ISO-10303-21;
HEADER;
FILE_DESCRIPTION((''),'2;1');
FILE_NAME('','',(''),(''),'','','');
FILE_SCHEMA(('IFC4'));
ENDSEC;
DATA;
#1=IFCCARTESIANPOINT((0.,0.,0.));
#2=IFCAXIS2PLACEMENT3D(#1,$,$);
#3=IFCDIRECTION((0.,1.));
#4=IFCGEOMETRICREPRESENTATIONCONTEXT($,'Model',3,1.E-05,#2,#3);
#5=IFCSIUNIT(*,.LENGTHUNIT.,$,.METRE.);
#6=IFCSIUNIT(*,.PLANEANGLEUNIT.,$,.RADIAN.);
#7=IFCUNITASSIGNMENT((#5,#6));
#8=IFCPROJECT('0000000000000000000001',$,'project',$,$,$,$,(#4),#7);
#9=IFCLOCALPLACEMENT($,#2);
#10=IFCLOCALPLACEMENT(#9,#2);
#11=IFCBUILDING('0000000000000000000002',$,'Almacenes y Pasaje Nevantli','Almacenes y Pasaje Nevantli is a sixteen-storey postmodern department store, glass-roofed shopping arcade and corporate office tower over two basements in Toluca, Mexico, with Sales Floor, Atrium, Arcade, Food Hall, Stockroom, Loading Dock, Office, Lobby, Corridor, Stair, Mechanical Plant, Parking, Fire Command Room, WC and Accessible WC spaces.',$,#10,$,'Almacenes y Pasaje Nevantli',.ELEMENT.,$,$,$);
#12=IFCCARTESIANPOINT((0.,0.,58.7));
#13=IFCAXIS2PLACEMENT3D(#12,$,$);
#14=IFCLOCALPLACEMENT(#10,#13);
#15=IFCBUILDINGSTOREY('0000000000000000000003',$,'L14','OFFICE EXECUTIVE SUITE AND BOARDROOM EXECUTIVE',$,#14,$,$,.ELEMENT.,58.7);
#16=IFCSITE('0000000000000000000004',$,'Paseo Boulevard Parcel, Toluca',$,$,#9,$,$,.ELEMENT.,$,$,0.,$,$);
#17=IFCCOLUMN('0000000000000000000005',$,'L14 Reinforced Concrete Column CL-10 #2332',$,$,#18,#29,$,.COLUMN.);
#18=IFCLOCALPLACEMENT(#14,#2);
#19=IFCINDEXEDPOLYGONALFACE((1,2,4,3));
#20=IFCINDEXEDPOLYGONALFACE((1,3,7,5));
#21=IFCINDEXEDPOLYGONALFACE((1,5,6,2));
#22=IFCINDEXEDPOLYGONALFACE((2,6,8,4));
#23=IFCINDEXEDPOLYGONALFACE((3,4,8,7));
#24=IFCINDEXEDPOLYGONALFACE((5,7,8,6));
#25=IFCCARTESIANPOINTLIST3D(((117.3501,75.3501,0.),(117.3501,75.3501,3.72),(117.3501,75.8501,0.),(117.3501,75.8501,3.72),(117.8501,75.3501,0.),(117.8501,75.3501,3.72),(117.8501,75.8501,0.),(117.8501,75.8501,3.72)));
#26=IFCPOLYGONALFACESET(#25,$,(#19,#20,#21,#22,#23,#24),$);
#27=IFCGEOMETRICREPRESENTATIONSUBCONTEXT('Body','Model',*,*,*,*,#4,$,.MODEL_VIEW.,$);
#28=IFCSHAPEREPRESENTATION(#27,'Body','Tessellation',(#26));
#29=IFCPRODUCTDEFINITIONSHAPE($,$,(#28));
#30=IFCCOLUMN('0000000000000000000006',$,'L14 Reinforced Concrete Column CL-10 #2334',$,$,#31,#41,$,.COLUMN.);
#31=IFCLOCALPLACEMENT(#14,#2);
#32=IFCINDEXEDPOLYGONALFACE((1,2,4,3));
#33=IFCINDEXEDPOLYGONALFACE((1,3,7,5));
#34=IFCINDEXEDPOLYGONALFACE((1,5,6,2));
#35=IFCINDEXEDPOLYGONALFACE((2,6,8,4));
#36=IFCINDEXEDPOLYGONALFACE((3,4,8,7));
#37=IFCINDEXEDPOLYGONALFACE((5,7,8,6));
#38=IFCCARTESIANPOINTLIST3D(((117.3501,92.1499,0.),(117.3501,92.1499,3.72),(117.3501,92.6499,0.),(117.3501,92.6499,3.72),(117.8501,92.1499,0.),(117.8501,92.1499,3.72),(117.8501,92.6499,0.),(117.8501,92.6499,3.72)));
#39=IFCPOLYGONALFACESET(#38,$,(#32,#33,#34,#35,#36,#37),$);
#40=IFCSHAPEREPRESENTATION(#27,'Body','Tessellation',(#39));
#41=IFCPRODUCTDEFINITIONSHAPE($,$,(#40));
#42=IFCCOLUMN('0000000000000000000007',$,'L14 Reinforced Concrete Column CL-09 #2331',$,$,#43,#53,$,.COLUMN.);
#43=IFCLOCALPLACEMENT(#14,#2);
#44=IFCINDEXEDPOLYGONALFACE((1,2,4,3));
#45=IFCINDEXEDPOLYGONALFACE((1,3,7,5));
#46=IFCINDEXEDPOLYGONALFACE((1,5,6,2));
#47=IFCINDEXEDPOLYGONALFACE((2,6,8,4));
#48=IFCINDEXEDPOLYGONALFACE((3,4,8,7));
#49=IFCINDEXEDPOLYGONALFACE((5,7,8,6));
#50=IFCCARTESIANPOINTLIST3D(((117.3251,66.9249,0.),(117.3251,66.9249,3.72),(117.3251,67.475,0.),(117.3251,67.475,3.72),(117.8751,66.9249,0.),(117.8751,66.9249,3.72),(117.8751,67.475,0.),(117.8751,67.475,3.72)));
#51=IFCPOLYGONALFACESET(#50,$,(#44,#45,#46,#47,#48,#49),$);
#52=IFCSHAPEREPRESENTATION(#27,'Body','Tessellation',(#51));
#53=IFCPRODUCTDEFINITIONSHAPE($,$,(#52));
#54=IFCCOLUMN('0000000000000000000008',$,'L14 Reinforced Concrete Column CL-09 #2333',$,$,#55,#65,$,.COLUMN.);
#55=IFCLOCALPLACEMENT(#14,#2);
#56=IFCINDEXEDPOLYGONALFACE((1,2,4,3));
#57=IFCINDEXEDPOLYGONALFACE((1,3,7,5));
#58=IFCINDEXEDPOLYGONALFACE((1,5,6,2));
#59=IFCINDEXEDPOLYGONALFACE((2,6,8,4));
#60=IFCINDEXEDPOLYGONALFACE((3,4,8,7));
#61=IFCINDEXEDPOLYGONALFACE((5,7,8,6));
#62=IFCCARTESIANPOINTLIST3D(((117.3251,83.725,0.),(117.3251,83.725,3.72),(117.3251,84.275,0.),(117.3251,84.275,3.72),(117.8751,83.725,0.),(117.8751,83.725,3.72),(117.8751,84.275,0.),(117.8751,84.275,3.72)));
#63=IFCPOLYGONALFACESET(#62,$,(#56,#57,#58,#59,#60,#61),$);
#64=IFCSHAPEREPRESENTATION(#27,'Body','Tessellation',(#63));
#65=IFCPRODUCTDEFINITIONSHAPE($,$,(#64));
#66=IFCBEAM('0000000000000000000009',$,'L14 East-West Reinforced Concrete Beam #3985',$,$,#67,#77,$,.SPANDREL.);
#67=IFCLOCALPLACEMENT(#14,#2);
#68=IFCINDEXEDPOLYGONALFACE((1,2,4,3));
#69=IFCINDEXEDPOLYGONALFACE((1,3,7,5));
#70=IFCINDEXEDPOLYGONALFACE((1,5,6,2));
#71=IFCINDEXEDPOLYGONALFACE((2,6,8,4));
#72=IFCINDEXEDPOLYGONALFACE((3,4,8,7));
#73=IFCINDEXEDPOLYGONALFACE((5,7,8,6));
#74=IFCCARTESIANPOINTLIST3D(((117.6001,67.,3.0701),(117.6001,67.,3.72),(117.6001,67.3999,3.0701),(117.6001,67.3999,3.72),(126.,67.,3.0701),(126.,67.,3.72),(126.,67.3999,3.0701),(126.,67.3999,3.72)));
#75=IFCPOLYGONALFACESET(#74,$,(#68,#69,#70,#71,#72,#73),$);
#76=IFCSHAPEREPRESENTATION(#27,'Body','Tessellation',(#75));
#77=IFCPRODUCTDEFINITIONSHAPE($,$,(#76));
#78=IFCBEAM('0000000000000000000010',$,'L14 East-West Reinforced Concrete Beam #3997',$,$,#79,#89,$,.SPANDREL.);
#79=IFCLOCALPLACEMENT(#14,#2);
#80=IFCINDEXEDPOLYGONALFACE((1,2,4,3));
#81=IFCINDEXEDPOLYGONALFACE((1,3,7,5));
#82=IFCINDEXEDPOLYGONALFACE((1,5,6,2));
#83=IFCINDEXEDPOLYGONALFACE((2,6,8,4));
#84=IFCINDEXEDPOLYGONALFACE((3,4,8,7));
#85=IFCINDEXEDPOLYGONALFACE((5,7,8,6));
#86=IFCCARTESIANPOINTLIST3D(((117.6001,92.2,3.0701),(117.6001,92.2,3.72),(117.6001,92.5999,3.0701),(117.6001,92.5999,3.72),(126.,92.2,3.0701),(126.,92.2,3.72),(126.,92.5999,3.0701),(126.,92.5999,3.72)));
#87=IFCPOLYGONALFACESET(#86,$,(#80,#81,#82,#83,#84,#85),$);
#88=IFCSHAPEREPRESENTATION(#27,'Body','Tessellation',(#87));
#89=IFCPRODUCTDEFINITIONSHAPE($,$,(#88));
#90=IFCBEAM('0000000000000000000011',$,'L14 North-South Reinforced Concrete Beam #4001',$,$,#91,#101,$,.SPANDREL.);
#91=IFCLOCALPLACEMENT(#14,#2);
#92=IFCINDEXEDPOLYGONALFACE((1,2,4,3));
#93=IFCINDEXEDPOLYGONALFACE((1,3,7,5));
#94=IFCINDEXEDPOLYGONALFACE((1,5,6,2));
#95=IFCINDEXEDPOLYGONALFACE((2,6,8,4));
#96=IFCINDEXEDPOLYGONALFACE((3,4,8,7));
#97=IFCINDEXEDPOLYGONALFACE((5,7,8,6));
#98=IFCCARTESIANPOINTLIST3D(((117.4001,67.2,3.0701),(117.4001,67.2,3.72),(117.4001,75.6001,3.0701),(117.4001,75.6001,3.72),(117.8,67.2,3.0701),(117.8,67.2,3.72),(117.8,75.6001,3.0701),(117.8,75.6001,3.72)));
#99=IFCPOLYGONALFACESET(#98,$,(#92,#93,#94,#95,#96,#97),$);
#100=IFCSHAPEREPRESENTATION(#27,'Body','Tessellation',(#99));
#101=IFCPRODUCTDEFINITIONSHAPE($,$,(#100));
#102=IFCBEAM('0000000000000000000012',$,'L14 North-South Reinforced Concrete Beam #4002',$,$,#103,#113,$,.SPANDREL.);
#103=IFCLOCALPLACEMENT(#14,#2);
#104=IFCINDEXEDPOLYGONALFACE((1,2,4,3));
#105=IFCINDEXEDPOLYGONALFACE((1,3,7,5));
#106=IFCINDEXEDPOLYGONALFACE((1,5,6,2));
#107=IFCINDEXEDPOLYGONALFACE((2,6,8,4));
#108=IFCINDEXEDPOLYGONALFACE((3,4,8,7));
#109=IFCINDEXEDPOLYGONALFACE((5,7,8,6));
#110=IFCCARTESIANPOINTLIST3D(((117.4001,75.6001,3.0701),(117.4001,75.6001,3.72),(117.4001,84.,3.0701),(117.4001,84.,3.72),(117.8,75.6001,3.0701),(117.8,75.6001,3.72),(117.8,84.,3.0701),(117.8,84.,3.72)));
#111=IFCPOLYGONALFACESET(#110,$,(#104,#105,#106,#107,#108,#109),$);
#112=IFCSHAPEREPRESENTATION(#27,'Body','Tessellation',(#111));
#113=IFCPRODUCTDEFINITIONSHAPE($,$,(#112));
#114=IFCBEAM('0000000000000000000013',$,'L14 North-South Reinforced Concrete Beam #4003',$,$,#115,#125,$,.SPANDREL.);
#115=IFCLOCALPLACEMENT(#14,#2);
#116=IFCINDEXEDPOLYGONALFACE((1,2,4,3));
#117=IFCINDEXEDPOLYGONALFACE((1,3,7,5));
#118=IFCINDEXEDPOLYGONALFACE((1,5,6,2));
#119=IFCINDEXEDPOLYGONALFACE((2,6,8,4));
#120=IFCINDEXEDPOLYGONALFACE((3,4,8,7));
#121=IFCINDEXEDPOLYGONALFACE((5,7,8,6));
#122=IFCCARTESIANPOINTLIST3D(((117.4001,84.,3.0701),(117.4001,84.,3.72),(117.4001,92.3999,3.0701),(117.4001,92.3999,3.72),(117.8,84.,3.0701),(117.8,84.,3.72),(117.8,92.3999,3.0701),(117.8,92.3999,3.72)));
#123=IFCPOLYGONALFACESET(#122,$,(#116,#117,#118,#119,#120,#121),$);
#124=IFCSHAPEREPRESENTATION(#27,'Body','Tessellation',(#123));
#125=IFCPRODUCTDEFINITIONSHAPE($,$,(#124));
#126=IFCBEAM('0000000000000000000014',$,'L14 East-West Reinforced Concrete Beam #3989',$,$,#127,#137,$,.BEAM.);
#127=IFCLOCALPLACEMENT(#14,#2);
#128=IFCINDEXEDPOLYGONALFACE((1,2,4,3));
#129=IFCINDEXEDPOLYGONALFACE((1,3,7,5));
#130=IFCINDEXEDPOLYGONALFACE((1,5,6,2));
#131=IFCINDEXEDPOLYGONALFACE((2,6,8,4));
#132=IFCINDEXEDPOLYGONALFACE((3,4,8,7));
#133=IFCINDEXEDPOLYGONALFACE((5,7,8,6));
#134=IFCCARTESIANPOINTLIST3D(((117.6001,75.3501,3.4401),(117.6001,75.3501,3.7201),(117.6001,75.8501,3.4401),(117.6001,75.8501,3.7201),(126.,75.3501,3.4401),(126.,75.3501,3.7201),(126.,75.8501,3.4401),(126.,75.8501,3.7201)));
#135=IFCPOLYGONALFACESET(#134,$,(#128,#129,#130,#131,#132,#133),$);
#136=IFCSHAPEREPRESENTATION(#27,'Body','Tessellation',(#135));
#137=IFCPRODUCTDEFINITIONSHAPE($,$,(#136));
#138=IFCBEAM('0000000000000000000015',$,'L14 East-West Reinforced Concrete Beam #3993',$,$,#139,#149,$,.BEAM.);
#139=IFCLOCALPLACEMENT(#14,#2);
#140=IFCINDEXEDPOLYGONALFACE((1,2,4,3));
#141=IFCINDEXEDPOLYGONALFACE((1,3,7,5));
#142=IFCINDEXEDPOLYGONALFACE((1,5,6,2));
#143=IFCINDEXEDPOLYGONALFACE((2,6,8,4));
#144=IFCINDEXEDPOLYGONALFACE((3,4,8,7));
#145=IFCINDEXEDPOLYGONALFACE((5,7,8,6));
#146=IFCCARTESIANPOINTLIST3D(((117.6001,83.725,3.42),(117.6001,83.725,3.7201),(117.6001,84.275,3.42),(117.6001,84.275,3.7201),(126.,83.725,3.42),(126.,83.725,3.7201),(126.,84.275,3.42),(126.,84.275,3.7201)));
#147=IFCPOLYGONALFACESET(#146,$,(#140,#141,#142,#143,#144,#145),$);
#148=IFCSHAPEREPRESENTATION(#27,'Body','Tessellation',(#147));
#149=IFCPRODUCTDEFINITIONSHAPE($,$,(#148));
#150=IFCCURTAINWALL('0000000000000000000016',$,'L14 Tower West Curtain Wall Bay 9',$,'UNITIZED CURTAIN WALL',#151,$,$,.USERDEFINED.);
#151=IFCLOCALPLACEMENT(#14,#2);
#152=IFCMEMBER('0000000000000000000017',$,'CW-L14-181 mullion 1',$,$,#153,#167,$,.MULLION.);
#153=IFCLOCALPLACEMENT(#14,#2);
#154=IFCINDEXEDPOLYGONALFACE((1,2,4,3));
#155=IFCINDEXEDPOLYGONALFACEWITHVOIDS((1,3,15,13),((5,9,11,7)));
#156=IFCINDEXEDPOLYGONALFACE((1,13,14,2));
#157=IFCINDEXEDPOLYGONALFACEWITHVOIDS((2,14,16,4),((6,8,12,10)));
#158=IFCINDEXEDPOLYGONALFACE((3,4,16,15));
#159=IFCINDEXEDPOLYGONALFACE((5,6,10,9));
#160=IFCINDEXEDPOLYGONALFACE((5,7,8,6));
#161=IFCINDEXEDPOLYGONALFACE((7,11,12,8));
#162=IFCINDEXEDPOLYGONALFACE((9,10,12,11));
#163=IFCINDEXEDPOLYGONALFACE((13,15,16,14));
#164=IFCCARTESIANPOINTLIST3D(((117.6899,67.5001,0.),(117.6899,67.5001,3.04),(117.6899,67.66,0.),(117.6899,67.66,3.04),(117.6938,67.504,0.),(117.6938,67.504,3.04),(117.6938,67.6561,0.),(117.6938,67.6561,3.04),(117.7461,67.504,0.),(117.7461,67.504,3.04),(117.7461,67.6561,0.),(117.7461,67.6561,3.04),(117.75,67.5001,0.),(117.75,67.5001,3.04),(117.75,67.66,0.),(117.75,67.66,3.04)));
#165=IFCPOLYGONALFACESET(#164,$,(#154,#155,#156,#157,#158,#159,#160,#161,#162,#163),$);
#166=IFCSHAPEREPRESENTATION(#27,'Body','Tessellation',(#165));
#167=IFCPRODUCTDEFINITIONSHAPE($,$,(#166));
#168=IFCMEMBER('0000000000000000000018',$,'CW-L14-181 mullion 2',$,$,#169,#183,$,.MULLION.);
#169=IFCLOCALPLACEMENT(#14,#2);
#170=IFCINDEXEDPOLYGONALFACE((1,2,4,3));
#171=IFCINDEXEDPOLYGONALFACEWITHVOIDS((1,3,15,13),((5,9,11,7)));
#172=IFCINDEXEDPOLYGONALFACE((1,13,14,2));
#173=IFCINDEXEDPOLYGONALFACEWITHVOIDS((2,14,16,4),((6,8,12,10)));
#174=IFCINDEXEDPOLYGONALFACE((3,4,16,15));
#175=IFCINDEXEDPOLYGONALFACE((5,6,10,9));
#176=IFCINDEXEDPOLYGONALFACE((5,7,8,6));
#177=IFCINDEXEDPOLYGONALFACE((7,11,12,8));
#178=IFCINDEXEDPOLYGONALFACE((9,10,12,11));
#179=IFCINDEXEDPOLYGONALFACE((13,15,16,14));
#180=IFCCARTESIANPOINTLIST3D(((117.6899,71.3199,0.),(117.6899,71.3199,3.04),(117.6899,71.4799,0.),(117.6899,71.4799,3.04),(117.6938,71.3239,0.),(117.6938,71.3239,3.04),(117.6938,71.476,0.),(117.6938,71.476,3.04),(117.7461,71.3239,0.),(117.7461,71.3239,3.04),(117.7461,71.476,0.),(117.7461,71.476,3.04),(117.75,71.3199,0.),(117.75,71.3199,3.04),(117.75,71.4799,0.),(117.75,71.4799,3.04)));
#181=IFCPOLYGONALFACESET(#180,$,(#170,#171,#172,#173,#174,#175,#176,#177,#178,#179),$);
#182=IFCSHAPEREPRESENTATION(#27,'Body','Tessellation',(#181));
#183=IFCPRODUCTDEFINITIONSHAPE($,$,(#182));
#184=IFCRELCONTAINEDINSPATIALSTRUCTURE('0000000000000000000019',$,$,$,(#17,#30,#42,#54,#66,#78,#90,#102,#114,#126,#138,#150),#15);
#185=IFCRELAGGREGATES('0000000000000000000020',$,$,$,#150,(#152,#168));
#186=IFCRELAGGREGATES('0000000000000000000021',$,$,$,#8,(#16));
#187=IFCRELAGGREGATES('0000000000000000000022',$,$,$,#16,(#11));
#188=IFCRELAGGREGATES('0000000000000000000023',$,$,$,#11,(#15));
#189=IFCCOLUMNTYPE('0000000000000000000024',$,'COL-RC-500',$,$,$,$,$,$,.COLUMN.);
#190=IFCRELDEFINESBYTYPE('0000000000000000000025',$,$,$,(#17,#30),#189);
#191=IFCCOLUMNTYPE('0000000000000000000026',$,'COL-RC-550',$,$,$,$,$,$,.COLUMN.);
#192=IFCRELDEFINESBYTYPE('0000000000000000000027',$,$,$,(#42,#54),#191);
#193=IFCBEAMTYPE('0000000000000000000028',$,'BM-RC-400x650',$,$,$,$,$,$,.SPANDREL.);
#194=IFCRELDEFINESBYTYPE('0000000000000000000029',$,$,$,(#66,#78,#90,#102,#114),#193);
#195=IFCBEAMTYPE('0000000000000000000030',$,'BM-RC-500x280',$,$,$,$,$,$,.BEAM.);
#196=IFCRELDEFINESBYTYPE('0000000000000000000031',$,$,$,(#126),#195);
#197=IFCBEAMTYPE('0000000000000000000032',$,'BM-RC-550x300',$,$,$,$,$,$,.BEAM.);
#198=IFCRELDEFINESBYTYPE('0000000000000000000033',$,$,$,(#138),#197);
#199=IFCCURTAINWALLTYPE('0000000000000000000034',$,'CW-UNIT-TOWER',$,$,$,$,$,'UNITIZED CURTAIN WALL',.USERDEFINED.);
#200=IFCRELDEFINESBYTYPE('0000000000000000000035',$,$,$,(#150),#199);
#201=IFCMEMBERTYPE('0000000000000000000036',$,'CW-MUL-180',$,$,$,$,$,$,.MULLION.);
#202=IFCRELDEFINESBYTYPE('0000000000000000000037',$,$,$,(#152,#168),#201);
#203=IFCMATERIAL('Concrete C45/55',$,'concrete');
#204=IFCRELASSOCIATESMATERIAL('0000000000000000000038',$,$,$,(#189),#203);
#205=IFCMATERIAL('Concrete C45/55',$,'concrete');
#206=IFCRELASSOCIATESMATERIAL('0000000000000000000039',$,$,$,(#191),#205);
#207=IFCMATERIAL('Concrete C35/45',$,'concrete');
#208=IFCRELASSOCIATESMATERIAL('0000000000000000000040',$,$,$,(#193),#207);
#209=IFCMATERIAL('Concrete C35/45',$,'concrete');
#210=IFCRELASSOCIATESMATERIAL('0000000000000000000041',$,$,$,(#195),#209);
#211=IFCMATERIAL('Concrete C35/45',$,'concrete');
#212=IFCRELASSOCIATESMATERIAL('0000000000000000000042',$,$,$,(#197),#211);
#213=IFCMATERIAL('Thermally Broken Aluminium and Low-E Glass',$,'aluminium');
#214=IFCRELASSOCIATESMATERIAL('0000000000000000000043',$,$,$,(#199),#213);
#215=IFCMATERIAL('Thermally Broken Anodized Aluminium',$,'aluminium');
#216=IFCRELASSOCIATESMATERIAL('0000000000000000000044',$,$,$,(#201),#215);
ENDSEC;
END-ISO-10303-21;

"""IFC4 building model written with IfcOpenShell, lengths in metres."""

from ifc_helpers import new_model, si_unit, direction, frame, origin, origin_2d, place, context, subcontext, project, spatial, rectangle, hollow_rectangle, extrude, material, material_profile, profile_set, type_object, element, aggregate, save


model = new_model("IFC4")

# Units and contexts
model_context = context("Model", 3, precision=1e-05, world=origin(), true_north=direction((0.0, 1.0)))
body_context = subcontext(model_context, "Body", "Model", "MODEL_VIEW")
ifc_project = project(units=[si_unit("LENGTHUNIT", "METRE"), si_unit("PLANEANGLEUNIT", "RADIAN")], contexts=[model_context])

# Site, building, storey
site_placement = place(None, origin())
site = spatial("IfcSite", under=ifc_project, at=site_placement, Name="Paseo Boulevard Parcel, Toluca", CompositionType="ELEMENT", RefElevation=0.0)
building_placement = place(site_placement, origin())
building = spatial("IfcBuilding", under=site, at=building_placement, Name="Almacenes y Pasaje Nevantli", Description="Almacenes y Pasaje Nevantli is a sixteen-storey postmodern department store, glass-roofed shopping arcade and corporate office tower over two basements in Toluca, Mexico, with Sales Floor, Atrium, Arcade, Food Hall, Stockroom, Loading Dock, Office, Lobby, Corridor, Stair, Mechanical Plant, Parking, Fire Command Room, WC and Accessible WC spaces.", LongName="Almacenes y Pasaje Nevantli", CompositionType="ELEMENT")
storey_placement = place(building_placement, frame((0.0, 0.0, 58.7)))
storey = spatial("IfcBuildingStorey", under=building, at=storey_placement, Name="L14", Description="OFFICE EXECUTIVE SUITE AND BOARDROOM EXECUTIVE", CompositionType="ELEMENT", Elevation=58.7)

# Columns
ifc_material_1 = material(Name="Concrete C45/55", Category="concrete")
ifc_material_profile_1 = material_profile(ifc_material_1, rectangle(XDim=0.5, YDim=0.5, at=origin_2d()), Name="RC-COL-500x500")
ifc_profile_set_1 = profile_set([ifc_material_profile_1], Name="Concrete C45/55")
column_type_1 = type_object("IfcColumnType", Name="COL-RC-500", PredefinedType="COLUMN", material=ifc_profile_set_1)
for number, where, z_axis, x_axis, name in (
    (1, (117.6001, 75.6001, 0.0), (0.0, 0.0, 1.0), (1.0, 0.0, 0.0), "L14 Reinforced Concrete Column CL-10 #2332"),
    (2, (117.6001, 92.3999, 0.0), (0.0, 0.0, 1.0), (1.0, 0.0, 0.0), "L14 Reinforced Concrete Column CL-10 #2334"),
):
    element("IfcColumn", number, at=place(storey_placement, frame(where, z_axis=z_axis, x_axis=x_axis)), inside=storey, type_object=column_type_1, Name=name, PredefinedType="COLUMN", context=body_context, shape_type="SweptSolid", body=[
        extrude(rectangle(XDim=0.5, YDim=0.5, at=origin_2d()), origin(), (0.0, 0.0, 1.0), 3.72),
    ])
ifc_material_2 = material(Name="Concrete C45/55", Category="concrete")
ifc_material_profile_2 = material_profile(ifc_material_2, rectangle(XDim=0.55, YDim=0.55, at=origin_2d()), Name="RC-COL-550x550")
ifc_profile_set_2 = profile_set([ifc_material_profile_2], Name="Concrete C45/55")
column_type_2 = type_object("IfcColumnType", Name="COL-RC-550", PredefinedType="COLUMN", material=ifc_profile_set_2)
for number, where, z_axis, x_axis, name in (
    (3, (117.6001, 67.2, 0.0), (0.0, 0.0, 1.0), (1.0, 0.0, 0.0), "L14 Reinforced Concrete Column CL-09 #2331"),
    (4, (117.6001, 84.0, 0.0), (0.0, 0.0, 1.0), (1.0, 0.0, 0.0), "L14 Reinforced Concrete Column CL-09 #2333"),
):
    element("IfcColumn", number, at=place(storey_placement, frame(where, z_axis=z_axis, x_axis=x_axis)), inside=storey, type_object=column_type_2, Name=name, PredefinedType="COLUMN", context=body_context, shape_type="SweptSolid", body=[
        extrude(rectangle(XDim=0.55, YDim=0.55, at=origin_2d()), origin(), (0.0, 0.0, 1.0), 3.72),
    ])

# Beams
ifc_material_3 = material(Name="Concrete C35/45", Category="concrete")
ifc_material_profile_3 = material_profile(ifc_material_3, rectangle(XDim=0.3999, YDim=0.6499, at=origin_2d()), Name="RC-BM-400x650")
ifc_profile_set_3 = profile_set([ifc_material_profile_3], Name="Concrete C35/45")
beam_type_1 = type_object("IfcBeamType", Name="BM-RC-400x650", PredefinedType="SPANDREL", material=ifc_profile_set_3)
for number, where, z_axis, x_axis, name in (
    (5, (117.6001, 67.2, 3.395), (1.0, 0.0, 0.0), (0.0, 1.0, 0.0), "L14 East-West Reinforced Concrete Beam #3985"),
    (6, (117.6001, 92.3999, 3.395), (1.0, 0.0, 0.0), (0.0, 1.0, 0.0), "L14 East-West Reinforced Concrete Beam #3997"),
):
    element("IfcBeam", number, at=place(storey_placement, frame(where, z_axis=z_axis, x_axis=x_axis)), inside=storey, type_object=beam_type_1, Name=name, PredefinedType="SPANDREL", context=body_context, shape_type="SweptSolid", body=[
        extrude(rectangle(XDim=0.3999, YDim=0.6499, at=origin_2d()), origin(), (0.0, 0.0, 1.0), 8.3999),
    ])
beam_1_placement = place(storey_placement, frame((117.6001, 67.2, 3.395), z_axis=(0.0, 1.0, 0.0), x_axis=(-1.0, 0.0, 0.0)))
element("IfcBeam", 7, at=beam_1_placement, inside=storey, type_object=beam_type_1, Name="L14 North-South Reinforced Concrete Beam #4001", PredefinedType="SPANDREL", context=body_context, shape_type="SweptSolid", body=[
    extrude(rectangle(XDim=0.3999, YDim=0.6499, at=origin_2d()), origin(), (0.0, 0.0, 1.0), 8.4001),
])
for number, where, z_axis, x_axis, name in (
    (8, (117.6001, 75.6001, 3.395), (0.0, 1.0, 0.0), (-1.0, 0.0, 0.0), "L14 North-South Reinforced Concrete Beam #4002"),
    (9, (117.6001, 84.0, 3.395), (0.0, 1.0, 0.0), (-1.0, 0.0, 0.0), "L14 North-South Reinforced Concrete Beam #4003"),
):
    element("IfcBeam", number, at=place(storey_placement, frame(where, z_axis=z_axis, x_axis=x_axis)), inside=storey, type_object=beam_type_1, Name=name, PredefinedType="SPANDREL", context=body_context, shape_type="SweptSolid", body=[
        extrude(rectangle(XDim=0.3999, YDim=0.6499, at=origin_2d()), origin(), (0.0, 0.0, 1.0), 8.3999),
    ])
ifc_material_4 = material(Name="Concrete C35/45", Category="concrete")
ifc_material_profile_4 = material_profile(ifc_material_4, rectangle(XDim=0.5, YDim=0.28, at=origin_2d()), Name="RC-BM-500x280")
ifc_profile_set_4 = profile_set([ifc_material_profile_4], Name="Concrete C35/45")
beam_type_2 = type_object("IfcBeamType", Name="BM-RC-500x280", PredefinedType="BEAM", material=ifc_profile_set_4)
beam_2_placement = place(storey_placement, frame((117.6001, 75.6001, 3.5801), z_axis=(1.0, 0.0, 0.0), x_axis=(0.0, 1.0, 0.0)))
element("IfcBeam", 10, at=beam_2_placement, inside=storey, type_object=beam_type_2, Name="L14 East-West Reinforced Concrete Beam #3989", PredefinedType="BEAM", context=body_context, shape_type="SweptSolid", body=[
    extrude(rectangle(XDim=0.5, YDim=0.28, at=origin_2d()), origin(), (0.0, 0.0, 1.0), 8.3999),
])
ifc_material_5 = material(Name="Concrete C35/45", Category="concrete")
ifc_material_profile_5 = material_profile(ifc_material_5, rectangle(XDim=0.55, YDim=0.3, at=origin_2d()), Name="RC-BM-550x300")
ifc_profile_set_5 = profile_set([ifc_material_profile_5], Name="Concrete C35/45")
beam_type_3 = type_object("IfcBeamType", Name="BM-RC-550x300", PredefinedType="BEAM", material=ifc_profile_set_5)
beam_3_placement = place(storey_placement, frame((117.6001, 84.0, 3.5701), z_axis=(1.0, 0.0, 0.0), x_axis=(0.0, 1.0, 0.0)))
element("IfcBeam", 11, at=beam_3_placement, inside=storey, type_object=beam_type_3, Name="L14 East-West Reinforced Concrete Beam #3993", PredefinedType="BEAM", context=body_context, shape_type="SweptSolid", body=[
    extrude(rectangle(XDim=0.55, YDim=0.3, at=origin_2d()), origin(), (0.0, 0.0, 1.0), 8.3999),
])

# Curtain wall, members
ifc_material_6 = material(Name="Thermally Broken Aluminium and Low-E Glass", Category="aluminium")
curtain_wall_type = type_object("IfcCurtainWallType", Name="CW-UNIT-TOWER", ElementType="UNITIZED CURTAIN WALL", PredefinedType="USERDEFINED", material=ifc_material_6)
curtain_wall_1_placement = place(storey_placement, origin())
curtain_wall_1 = element("IfcCurtainWall", 12, at=curtain_wall_1_placement, inside=storey, type_object=curtain_wall_type, Name="L14 Tower West Curtain Wall Bay 9", ObjectType="UNITIZED CURTAIN WALL", PredefinedType="USERDEFINED")
ifc_material_7 = material(Name="Thermally Broken Anodized Aluminium", Category="aluminium")
ifc_material_profile_6 = material_profile(ifc_material_7, hollow_rectangle(XDim=0.0601, YDim=0.1599, WallThickness=0.0039, at=origin_2d()), Name="ALU-MUL-60x160")
ifc_profile_set_6 = profile_set([ifc_material_profile_6], Name="Thermally Broken Anodized Aluminium")
member_type_1 = type_object("IfcMemberType", Name="CW-MUL-180", PredefinedType="MULLION", material=ifc_profile_set_6)
member_1_placement = place(storey_placement, frame((117.72, 67.5801, 0.0), z_axis=(0.0, 0.0, 1.0), x_axis=(-1.0, 0.0, 0.0)))
member_1 = element("IfcMember", 13, at=member_1_placement, type_object=member_type_1, Name="CW-L14-181 mullion 1", PredefinedType="MULLION", context=body_context, shape_type="SweptSolid", body=[
    extrude(hollow_rectangle(XDim=0.0601, YDim=0.1599, WallThickness=0.0039, at=origin_2d()), origin(), (0.0, 0.0, 1.0), 3.04),
])
member_2_placement = place(storey_placement, frame((117.72, 71.3999, 0.0), z_axis=(0.0, 0.0, 1.0), x_axis=(-1.0, 0.0, 0.0)))
member_2 = element("IfcMember", 14, at=member_2_placement, type_object=member_type_1, Name="CW-L14-181 mullion 2", PredefinedType="MULLION", context=body_context, shape_type="SweptSolid", body=[
    extrude(hollow_rectangle(XDim=0.0601, YDim=0.1599, WallThickness=0.0039, at=origin_2d()), origin(), (0.0, 0.0, 1.0), 3.04),
])

aggregate(curtain_wall_1, [member_1, member_2])

save(model, "model.ifc")
